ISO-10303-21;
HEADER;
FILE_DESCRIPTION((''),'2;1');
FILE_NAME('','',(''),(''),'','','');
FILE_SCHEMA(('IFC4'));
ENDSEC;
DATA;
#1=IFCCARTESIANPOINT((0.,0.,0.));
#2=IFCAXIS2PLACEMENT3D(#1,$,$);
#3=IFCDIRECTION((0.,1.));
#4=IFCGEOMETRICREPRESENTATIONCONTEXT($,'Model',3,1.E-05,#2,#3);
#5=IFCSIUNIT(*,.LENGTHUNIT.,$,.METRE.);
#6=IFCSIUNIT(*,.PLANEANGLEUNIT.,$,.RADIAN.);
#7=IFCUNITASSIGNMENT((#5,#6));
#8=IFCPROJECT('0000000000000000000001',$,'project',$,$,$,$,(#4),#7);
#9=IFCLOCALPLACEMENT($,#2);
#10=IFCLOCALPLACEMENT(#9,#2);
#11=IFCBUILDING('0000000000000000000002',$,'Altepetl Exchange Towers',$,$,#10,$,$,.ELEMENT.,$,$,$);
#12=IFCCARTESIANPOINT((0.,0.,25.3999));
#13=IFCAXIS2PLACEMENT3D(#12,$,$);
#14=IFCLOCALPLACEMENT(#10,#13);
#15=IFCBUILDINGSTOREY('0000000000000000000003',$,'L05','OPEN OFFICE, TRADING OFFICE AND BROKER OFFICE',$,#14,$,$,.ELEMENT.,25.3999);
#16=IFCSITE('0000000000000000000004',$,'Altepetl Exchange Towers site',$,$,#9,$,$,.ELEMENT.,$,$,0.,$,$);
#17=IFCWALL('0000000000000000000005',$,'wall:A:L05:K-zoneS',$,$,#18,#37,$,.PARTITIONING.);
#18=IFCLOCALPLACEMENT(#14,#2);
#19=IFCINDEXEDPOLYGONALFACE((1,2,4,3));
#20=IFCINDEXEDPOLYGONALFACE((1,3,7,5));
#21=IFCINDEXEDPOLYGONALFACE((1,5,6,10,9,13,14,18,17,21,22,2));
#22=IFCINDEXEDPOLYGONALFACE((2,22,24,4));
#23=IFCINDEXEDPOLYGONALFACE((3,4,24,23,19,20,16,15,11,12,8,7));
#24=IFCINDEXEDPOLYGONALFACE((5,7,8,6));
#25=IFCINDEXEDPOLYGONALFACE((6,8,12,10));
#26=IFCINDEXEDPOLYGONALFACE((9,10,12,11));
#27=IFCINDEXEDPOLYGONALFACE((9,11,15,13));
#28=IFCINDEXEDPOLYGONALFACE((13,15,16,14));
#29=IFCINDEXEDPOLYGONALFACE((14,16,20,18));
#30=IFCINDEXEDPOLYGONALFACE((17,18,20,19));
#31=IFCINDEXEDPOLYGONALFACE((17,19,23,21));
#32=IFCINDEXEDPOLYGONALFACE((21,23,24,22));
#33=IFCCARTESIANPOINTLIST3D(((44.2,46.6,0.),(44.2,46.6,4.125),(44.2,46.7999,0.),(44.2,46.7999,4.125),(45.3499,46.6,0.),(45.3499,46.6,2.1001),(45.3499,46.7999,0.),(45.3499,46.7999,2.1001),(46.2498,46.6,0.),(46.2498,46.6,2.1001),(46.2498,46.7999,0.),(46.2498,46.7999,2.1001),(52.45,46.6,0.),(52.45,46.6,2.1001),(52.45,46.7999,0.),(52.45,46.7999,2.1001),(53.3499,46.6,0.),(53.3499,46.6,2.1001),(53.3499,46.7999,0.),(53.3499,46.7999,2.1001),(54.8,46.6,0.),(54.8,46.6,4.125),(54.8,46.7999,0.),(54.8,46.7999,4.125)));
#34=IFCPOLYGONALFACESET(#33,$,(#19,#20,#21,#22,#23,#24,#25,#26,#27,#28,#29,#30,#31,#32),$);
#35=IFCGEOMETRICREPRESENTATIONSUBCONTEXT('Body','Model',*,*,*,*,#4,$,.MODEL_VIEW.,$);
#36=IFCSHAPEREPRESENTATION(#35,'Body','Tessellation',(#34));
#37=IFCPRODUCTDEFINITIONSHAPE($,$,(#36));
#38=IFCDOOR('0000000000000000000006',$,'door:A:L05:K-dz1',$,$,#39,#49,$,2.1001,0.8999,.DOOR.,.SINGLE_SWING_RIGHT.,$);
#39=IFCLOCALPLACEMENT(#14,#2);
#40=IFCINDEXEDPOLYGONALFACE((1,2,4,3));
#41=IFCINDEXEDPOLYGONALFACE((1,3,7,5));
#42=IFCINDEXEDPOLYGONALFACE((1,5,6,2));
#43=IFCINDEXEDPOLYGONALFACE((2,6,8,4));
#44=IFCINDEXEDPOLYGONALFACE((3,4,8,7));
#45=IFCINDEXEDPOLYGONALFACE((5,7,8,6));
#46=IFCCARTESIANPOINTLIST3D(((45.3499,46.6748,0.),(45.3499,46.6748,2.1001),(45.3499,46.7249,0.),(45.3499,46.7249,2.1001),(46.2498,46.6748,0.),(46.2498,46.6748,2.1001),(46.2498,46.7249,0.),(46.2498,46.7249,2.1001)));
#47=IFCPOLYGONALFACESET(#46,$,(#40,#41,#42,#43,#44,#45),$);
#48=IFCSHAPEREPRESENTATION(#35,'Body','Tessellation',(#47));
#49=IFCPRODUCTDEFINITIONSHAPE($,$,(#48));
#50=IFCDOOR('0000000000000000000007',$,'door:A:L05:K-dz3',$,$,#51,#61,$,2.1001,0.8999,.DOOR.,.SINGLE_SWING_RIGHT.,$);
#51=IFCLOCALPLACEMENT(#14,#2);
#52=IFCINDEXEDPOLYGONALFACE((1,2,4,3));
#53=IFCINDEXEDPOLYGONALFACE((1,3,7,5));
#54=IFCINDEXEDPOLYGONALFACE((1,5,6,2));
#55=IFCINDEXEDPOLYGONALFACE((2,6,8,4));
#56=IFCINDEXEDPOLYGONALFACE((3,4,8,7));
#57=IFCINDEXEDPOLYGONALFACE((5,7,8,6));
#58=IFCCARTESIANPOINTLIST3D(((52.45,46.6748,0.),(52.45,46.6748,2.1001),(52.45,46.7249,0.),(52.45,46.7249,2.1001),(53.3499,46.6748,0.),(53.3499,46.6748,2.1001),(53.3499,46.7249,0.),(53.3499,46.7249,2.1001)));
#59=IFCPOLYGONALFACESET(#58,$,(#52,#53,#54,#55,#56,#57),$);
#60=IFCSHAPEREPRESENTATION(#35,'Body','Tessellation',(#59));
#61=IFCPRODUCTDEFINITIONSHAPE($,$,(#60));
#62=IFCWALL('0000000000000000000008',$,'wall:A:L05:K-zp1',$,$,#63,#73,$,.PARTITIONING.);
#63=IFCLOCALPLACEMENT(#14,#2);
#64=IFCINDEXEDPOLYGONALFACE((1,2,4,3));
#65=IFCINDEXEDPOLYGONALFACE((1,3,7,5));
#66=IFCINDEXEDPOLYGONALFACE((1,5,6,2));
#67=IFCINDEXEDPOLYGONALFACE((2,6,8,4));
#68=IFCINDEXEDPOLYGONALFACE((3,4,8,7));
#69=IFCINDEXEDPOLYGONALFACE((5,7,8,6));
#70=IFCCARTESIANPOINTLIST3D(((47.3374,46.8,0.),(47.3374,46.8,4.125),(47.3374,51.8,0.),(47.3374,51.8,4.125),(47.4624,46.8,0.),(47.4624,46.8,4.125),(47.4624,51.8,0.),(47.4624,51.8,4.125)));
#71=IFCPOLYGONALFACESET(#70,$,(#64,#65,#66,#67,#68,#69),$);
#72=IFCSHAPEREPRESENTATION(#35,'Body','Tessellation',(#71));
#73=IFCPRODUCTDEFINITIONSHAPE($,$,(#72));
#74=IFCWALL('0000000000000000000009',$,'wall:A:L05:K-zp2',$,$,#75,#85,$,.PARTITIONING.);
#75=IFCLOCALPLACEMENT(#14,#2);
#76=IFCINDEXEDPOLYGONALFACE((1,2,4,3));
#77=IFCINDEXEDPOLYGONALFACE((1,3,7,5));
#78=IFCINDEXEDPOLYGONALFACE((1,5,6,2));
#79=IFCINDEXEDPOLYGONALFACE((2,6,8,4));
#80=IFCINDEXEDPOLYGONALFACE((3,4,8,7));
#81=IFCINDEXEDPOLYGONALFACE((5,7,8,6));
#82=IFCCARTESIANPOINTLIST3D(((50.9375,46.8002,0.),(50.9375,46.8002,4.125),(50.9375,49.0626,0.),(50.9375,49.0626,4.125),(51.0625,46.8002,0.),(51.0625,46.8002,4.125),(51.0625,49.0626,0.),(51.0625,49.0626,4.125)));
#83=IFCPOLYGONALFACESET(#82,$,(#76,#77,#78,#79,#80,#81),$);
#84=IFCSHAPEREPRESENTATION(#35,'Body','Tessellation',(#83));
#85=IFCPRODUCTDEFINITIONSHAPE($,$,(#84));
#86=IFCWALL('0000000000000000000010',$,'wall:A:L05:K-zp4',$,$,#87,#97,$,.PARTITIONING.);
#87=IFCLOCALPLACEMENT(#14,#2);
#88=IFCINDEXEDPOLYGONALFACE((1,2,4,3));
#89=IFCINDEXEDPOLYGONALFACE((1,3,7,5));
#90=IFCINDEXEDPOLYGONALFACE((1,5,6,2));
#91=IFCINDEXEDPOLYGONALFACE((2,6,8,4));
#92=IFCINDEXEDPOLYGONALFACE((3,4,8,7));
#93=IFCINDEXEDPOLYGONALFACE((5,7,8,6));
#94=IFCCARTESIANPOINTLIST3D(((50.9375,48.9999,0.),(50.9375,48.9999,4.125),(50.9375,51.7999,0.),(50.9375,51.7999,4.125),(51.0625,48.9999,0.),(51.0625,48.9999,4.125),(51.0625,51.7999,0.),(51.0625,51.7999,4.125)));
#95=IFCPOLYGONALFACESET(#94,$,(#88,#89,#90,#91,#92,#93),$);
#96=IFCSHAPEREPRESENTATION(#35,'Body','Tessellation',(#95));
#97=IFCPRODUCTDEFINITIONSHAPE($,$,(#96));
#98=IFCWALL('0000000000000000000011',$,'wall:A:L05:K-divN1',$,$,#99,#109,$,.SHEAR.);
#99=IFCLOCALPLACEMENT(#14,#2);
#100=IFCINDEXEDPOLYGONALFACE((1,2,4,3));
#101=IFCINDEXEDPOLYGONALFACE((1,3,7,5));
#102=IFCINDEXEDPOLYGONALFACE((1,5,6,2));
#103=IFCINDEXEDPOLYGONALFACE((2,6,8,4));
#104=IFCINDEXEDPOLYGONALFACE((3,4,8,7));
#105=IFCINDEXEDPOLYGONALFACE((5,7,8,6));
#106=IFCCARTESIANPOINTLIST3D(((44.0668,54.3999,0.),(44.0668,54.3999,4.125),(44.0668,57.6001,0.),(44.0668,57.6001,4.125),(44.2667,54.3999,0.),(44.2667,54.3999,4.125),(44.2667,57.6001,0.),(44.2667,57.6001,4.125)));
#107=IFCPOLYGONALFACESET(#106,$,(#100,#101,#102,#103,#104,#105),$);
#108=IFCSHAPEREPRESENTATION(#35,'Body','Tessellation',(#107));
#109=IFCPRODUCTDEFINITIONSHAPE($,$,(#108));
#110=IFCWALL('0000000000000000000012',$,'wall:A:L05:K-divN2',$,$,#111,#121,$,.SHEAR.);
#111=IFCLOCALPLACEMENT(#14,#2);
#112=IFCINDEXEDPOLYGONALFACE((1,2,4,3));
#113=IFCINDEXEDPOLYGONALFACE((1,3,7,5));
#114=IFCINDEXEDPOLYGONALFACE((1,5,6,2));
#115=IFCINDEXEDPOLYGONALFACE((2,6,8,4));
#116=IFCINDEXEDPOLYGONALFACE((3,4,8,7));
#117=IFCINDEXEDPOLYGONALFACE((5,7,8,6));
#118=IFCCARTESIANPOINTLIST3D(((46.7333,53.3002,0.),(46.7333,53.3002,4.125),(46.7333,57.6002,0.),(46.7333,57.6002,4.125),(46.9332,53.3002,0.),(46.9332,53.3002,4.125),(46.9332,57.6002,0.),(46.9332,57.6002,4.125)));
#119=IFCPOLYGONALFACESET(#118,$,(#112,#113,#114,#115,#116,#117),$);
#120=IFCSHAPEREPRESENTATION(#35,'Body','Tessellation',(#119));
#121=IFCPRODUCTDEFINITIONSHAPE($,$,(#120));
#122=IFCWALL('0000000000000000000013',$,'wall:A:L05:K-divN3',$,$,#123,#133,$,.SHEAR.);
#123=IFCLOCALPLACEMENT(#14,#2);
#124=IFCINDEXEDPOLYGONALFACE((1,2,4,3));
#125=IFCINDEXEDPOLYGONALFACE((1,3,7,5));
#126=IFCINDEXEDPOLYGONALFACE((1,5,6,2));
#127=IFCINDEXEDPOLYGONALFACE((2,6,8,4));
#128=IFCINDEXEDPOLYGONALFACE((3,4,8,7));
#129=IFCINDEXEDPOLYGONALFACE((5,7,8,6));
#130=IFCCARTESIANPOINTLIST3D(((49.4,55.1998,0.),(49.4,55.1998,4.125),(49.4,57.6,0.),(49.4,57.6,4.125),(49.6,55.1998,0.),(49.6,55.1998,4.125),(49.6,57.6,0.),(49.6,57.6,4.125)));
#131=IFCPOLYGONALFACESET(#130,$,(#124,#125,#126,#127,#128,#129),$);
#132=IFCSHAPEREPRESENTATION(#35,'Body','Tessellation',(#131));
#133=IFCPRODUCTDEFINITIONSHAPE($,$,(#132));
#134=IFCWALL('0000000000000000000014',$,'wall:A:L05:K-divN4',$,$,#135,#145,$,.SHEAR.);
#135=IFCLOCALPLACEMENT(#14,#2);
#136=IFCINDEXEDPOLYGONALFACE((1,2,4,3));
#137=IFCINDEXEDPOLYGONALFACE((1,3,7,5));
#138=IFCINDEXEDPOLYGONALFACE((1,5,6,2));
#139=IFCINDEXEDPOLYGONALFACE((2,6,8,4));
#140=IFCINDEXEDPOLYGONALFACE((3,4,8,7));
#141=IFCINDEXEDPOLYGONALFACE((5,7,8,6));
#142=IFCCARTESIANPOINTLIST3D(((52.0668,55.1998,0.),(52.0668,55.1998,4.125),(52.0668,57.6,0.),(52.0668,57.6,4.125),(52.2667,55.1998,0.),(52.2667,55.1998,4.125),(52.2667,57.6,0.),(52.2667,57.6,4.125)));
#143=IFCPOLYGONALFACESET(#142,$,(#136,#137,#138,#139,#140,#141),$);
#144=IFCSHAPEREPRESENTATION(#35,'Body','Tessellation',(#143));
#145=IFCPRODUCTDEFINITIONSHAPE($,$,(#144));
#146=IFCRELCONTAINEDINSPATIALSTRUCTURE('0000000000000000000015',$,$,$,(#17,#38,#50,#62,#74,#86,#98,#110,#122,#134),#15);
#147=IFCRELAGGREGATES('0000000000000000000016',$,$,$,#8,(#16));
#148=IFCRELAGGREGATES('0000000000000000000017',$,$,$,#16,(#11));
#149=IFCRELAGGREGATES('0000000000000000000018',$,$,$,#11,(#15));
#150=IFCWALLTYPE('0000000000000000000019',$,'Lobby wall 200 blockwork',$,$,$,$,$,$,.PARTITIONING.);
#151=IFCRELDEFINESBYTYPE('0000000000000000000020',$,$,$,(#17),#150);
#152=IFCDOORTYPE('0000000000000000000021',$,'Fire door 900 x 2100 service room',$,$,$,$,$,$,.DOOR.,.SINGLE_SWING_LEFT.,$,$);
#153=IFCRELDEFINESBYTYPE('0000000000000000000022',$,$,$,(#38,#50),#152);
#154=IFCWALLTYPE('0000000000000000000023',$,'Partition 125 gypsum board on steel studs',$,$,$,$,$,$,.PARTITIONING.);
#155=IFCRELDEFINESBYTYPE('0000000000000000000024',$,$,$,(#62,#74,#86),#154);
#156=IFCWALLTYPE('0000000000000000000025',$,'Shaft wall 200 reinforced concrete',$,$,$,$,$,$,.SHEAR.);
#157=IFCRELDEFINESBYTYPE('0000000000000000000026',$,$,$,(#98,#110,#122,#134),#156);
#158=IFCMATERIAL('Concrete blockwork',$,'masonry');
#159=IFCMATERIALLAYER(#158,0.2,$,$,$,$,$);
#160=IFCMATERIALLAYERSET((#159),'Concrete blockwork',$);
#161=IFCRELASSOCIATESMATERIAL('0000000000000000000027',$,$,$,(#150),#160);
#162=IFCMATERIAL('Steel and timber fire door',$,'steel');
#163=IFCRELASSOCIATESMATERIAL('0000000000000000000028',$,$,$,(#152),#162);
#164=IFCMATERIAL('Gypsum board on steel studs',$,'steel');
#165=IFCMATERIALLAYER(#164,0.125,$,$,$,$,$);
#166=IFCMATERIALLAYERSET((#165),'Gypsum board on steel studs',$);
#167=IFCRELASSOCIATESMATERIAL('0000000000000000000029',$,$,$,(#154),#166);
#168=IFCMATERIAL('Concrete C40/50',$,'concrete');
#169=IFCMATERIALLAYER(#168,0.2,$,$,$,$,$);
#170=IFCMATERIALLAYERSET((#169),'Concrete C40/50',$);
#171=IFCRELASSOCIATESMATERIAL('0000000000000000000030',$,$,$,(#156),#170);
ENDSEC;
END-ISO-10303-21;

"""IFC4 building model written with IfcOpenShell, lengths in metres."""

from ifc_helpers import new_model, si_unit, direction, frame, frame_2d, origin, place, context, subcontext, project, spatial, rectangle, extrude, material, layer, layer_set, type_object, element, fill, save


model = new_model("IFC4")

# Units and contexts
model_context = context("Model", 3, precision=1e-05, world=origin(), true_north=direction((0.0, 1.0)))
body_context = subcontext(model_context, "Body", "Model", "MODEL_VIEW")
ifc_project = project(units=[si_unit("LENGTHUNIT", "METRE"), si_unit("PLANEANGLEUNIT", "RADIAN")], contexts=[model_context])

# Site, building, storey
site_placement = place(None, origin())
site = spatial("IfcSite", under=ifc_project, at=site_placement, Name="Altepetl Exchange Towers site", CompositionType="ELEMENT", RefElevation=0.0)
building_placement = place(site_placement, origin())
building = spatial("IfcBuilding", under=site, at=building_placement, Name="Altepetl Exchange Towers", CompositionType="ELEMENT")
storey_placement = place(building_placement, frame((0.0, 0.0, 25.3999)))
storey = spatial("IfcBuildingStorey", under=building, at=storey_placement, Name="L05", Description="OPEN OFFICE, TRADING OFFICE AND BROKER OFFICE", CompositionType="ELEMENT", Elevation=25.3999)

# Shared definitions
ifc_material_1 = material(Name="Concrete blockwork", Category="masonry")
ifc_layer_1 = layer(ifc_material_1, 0.2)
ifc_layer_set_1 = layer_set([ifc_layer_1], Name="Concrete blockwork")
wall_type_1 = type_object("IfcWallType", Name="Lobby wall 200 blockwork", PredefinedType="PARTITIONING", material=ifc_layer_set_1)

# Shared definitions
ifc_material_2 = material(Name="Steel and timber fire door", Category="steel")

# Wall, openings, doors
door_type_1 = type_object("IfcDoorType", Name="Fire door 900 x 2100 service room", OperationType="SINGLE_SWING_LEFT", PredefinedType="DOOR", material=ifc_material_2)
wall_1_placement = place(storey_placement, frame((44.2, 46.7, 0.0)))
wall_1 = element("IfcWall", 1, at=wall_1_placement, inside=storey, type_object=wall_type_1, Name="wall:A:L05:K-zoneS", PredefinedType="PARTITIONING", context=body_context, shape_type="SweptSolid", body=[
    extrude(rectangle(XDim=10.6001, YDim=0.2, at=frame_2d((5.3, 0.0))), origin(), (0.0, 0.0, 1.0), 4.125),
])
opening_1_placement = place(wall_1_placement, frame((1.1499, 0.0, 0.0)))
opening_1 = element("IfcOpeningElement", 2, at=opening_1_placement, cuts=wall_1, PredefinedType="OPENING", context=body_context, shape_type="SweptSolid", body=[
    extrude(rectangle(XDim=0.8999, YDim=2.1001, at=frame_2d((0.45, 1.05))), frame((0.0, 0.1099, 0.0), z_axis=(0.0, -1.0, 0.0), x_axis=(1.0, 0.0, 0.0)), (0.0, 0.0, 1.0), 0.22),
])
opening_2_placement = place(wall_1_placement, frame((8.25, 0.0, 0.0)))
opening_2 = element("IfcOpeningElement", 3, at=opening_2_placement, cuts=wall_1, PredefinedType="OPENING", context=body_context, shape_type="SweptSolid", body=[
    extrude(rectangle(XDim=0.8999, YDim=2.1001, at=frame_2d((0.45, 1.05))), frame((0.0, 0.1099, 0.0), z_axis=(0.0, -1.0, 0.0), x_axis=(1.0, 0.0, 0.0)), (0.0, 0.0, 1.0), 0.22),
])
door_1_placement = place(opening_1_placement, origin())
door_1 = element("IfcDoor", 4, at=door_1_placement, inside=storey, type_object=door_type_1, Name="door:A:L05:K-dz1", OperationType="SINGLE_SWING_RIGHT", OverallHeight=2.1001, OverallWidth=0.8999, PredefinedType="DOOR", context=body_context, shape_type="SweptSolid", body=[
    extrude(rectangle(XDim=0.8999, YDim=2.1001, at=frame_2d((0.45, 1.05))), frame((0.0, 0.0249, 0.0), z_axis=(0.0, -1.0, 0.0), x_axis=(1.0, 0.0, 0.0)), (0.0, 0.0, 1.0), 0.05),
])
fill(opening_1, door_1)
door_2_placement = place(opening_2_placement, origin())
door_2 = element("IfcDoor", 5, at=door_2_placement, inside=storey, type_object=door_type_1, Name="door:A:L05:K-dz3", OperationType="SINGLE_SWING_RIGHT", OverallHeight=2.1001, OverallWidth=0.8999, PredefinedType="DOOR", context=body_context, shape_type="SweptSolid", body=[
    extrude(rectangle(XDim=0.8999, YDim=2.1001, at=frame_2d((0.45, 1.05))), frame((0.0, 0.0249, 0.0), z_axis=(0.0, -1.0, 0.0), x_axis=(1.0, 0.0, 0.0)), (0.0, 0.0, 1.0), 0.05),
])
fill(opening_2, door_2)

# Walls
ifc_material_3 = material(Name="Gypsum board on steel studs", Category="steel")
ifc_layer_2 = layer(ifc_material_3, 0.125)
ifc_layer_set_2 = layer_set([ifc_layer_2], Name="Gypsum board on steel studs")
wall_type_2 = type_object("IfcWallType", Name="Partition 125 gypsum board on steel studs", PredefinedType="PARTITIONING", material=ifc_layer_set_2)
wall_2_placement = place(storey_placement, frame((47.3999, 46.8, 0.0), z_axis=(0.0, 0.0, 1.0), x_axis=(0.0, 1.0, 0.0)))
element("IfcWall", 6, at=wall_2_placement, inside=storey, type_object=wall_type_2, Name="wall:A:L05:K-zp1", PredefinedType="PARTITIONING", context=body_context, shape_type="SweptSolid", body=[
    extrude(rectangle(XDim=5.0, YDim=0.125, at=frame_2d((2.5, 0.0))), origin(), (0.0, 0.0, 1.0), 4.125),
])
wall_3_placement = place(storey_placement, frame((51.0, 46.8, 0.0), z_axis=(0.0, 0.0, 1.0), x_axis=(0.0, 1.0, 0.0)))
element("IfcWall", 7, at=wall_3_placement, inside=storey, type_object=wall_type_2, Name="wall:A:L05:K-zp2", PredefinedType="PARTITIONING", context=body_context, shape_type="SweptSolid", body=[
    extrude(rectangle(XDim=2.2625, YDim=0.125, at=frame_2d((1.1313, 0.0))), origin(), (0.0, 0.0, 1.0), 4.125),
])
wall_4_placement = place(storey_placement, frame((51.0, 49.0, 0.0), z_axis=(0.0, 0.0, 1.0), x_axis=(0.0, 1.0, 0.0)))
element("IfcWall", 8, at=wall_4_placement, inside=storey, type_object=wall_type_2, Name="wall:A:L05:K-zp4", PredefinedType="PARTITIONING", context=body_context, shape_type="SweptSolid", body=[
    extrude(rectangle(XDim=2.8, YDim=0.125, at=frame_2d((1.3999, 0.0))), origin(), (0.0, 0.0, 1.0), 4.125),
])
ifc_material_4 = material(Name="Concrete C40/50", Category="concrete")
ifc_layer_3 = layer(ifc_material_4, 0.2)
ifc_layer_set_3 = layer_set([ifc_layer_3], Name="Concrete C40/50")
wall_type_3 = type_object("IfcWallType", Name="Shaft wall 200 reinforced concrete", PredefinedType="SHEAR", material=ifc_layer_set_3)
wall_5_placement = place(storey_placement, frame((44.1667, 57.6001, 0.0), z_axis=(0.0, 0.0, 1.0), x_axis=(0.0, -1.0, 0.0)))
element("IfcWall", 9, at=wall_5_placement, inside=storey, type_object=wall_type_3, Name="wall:A:L05:K-divN1", PredefinedType="SHEAR", context=body_context, shape_type="SweptSolid", body=[
    extrude(rectangle(XDim=3.2002, YDim=0.2, at=frame_2d((1.6001, 0.0))), origin(), (0.0, 0.0, 1.0), 4.125),
])
wall_6_placement = place(storey_placement, frame((46.8333, 57.6001, 0.0), z_axis=(0.0, 0.0, 1.0), x_axis=(0.0, -1.0, 0.0)))
element("IfcWall", 10, at=wall_6_placement, inside=storey, type_object=wall_type_3, Name="wall:A:L05:K-divN2", PredefinedType="SHEAR", context=body_context, shape_type="SweptSolid", body=[
    extrude(rectangle(XDim=4.3, YDim=0.2, at=frame_2d((2.1499, 0.0))), origin(), (0.0, 0.0, 1.0), 4.125),
])
for number, where, z_axis, x_axis, name in (
    (11, (49.5, 57.6001, 0.0), (0.0, 0.0, 1.0), (0.0, -1.0, 0.0), "wall:A:L05:K-divN3"),
    (12, (52.1667, 57.6001, 0.0), (0.0, 0.0, 1.0), (0.0, -1.0, 0.0), "wall:A:L05:K-divN4"),
):
    element("IfcWall", number, at=place(storey_placement, frame(where, z_axis=z_axis, x_axis=x_axis)), inside=storey, type_object=wall_type_3, Name=name, PredefinedType="SHEAR", context=body_context, shape_type="SweptSolid", body=[
        extrude(rectangle(XDim=2.4001, YDim=0.2, at=frame_2d((1.2002, 0.0))), origin(), (0.0, 0.0, 1.0), 4.125),
    ])

save(model, "model.ifc")
